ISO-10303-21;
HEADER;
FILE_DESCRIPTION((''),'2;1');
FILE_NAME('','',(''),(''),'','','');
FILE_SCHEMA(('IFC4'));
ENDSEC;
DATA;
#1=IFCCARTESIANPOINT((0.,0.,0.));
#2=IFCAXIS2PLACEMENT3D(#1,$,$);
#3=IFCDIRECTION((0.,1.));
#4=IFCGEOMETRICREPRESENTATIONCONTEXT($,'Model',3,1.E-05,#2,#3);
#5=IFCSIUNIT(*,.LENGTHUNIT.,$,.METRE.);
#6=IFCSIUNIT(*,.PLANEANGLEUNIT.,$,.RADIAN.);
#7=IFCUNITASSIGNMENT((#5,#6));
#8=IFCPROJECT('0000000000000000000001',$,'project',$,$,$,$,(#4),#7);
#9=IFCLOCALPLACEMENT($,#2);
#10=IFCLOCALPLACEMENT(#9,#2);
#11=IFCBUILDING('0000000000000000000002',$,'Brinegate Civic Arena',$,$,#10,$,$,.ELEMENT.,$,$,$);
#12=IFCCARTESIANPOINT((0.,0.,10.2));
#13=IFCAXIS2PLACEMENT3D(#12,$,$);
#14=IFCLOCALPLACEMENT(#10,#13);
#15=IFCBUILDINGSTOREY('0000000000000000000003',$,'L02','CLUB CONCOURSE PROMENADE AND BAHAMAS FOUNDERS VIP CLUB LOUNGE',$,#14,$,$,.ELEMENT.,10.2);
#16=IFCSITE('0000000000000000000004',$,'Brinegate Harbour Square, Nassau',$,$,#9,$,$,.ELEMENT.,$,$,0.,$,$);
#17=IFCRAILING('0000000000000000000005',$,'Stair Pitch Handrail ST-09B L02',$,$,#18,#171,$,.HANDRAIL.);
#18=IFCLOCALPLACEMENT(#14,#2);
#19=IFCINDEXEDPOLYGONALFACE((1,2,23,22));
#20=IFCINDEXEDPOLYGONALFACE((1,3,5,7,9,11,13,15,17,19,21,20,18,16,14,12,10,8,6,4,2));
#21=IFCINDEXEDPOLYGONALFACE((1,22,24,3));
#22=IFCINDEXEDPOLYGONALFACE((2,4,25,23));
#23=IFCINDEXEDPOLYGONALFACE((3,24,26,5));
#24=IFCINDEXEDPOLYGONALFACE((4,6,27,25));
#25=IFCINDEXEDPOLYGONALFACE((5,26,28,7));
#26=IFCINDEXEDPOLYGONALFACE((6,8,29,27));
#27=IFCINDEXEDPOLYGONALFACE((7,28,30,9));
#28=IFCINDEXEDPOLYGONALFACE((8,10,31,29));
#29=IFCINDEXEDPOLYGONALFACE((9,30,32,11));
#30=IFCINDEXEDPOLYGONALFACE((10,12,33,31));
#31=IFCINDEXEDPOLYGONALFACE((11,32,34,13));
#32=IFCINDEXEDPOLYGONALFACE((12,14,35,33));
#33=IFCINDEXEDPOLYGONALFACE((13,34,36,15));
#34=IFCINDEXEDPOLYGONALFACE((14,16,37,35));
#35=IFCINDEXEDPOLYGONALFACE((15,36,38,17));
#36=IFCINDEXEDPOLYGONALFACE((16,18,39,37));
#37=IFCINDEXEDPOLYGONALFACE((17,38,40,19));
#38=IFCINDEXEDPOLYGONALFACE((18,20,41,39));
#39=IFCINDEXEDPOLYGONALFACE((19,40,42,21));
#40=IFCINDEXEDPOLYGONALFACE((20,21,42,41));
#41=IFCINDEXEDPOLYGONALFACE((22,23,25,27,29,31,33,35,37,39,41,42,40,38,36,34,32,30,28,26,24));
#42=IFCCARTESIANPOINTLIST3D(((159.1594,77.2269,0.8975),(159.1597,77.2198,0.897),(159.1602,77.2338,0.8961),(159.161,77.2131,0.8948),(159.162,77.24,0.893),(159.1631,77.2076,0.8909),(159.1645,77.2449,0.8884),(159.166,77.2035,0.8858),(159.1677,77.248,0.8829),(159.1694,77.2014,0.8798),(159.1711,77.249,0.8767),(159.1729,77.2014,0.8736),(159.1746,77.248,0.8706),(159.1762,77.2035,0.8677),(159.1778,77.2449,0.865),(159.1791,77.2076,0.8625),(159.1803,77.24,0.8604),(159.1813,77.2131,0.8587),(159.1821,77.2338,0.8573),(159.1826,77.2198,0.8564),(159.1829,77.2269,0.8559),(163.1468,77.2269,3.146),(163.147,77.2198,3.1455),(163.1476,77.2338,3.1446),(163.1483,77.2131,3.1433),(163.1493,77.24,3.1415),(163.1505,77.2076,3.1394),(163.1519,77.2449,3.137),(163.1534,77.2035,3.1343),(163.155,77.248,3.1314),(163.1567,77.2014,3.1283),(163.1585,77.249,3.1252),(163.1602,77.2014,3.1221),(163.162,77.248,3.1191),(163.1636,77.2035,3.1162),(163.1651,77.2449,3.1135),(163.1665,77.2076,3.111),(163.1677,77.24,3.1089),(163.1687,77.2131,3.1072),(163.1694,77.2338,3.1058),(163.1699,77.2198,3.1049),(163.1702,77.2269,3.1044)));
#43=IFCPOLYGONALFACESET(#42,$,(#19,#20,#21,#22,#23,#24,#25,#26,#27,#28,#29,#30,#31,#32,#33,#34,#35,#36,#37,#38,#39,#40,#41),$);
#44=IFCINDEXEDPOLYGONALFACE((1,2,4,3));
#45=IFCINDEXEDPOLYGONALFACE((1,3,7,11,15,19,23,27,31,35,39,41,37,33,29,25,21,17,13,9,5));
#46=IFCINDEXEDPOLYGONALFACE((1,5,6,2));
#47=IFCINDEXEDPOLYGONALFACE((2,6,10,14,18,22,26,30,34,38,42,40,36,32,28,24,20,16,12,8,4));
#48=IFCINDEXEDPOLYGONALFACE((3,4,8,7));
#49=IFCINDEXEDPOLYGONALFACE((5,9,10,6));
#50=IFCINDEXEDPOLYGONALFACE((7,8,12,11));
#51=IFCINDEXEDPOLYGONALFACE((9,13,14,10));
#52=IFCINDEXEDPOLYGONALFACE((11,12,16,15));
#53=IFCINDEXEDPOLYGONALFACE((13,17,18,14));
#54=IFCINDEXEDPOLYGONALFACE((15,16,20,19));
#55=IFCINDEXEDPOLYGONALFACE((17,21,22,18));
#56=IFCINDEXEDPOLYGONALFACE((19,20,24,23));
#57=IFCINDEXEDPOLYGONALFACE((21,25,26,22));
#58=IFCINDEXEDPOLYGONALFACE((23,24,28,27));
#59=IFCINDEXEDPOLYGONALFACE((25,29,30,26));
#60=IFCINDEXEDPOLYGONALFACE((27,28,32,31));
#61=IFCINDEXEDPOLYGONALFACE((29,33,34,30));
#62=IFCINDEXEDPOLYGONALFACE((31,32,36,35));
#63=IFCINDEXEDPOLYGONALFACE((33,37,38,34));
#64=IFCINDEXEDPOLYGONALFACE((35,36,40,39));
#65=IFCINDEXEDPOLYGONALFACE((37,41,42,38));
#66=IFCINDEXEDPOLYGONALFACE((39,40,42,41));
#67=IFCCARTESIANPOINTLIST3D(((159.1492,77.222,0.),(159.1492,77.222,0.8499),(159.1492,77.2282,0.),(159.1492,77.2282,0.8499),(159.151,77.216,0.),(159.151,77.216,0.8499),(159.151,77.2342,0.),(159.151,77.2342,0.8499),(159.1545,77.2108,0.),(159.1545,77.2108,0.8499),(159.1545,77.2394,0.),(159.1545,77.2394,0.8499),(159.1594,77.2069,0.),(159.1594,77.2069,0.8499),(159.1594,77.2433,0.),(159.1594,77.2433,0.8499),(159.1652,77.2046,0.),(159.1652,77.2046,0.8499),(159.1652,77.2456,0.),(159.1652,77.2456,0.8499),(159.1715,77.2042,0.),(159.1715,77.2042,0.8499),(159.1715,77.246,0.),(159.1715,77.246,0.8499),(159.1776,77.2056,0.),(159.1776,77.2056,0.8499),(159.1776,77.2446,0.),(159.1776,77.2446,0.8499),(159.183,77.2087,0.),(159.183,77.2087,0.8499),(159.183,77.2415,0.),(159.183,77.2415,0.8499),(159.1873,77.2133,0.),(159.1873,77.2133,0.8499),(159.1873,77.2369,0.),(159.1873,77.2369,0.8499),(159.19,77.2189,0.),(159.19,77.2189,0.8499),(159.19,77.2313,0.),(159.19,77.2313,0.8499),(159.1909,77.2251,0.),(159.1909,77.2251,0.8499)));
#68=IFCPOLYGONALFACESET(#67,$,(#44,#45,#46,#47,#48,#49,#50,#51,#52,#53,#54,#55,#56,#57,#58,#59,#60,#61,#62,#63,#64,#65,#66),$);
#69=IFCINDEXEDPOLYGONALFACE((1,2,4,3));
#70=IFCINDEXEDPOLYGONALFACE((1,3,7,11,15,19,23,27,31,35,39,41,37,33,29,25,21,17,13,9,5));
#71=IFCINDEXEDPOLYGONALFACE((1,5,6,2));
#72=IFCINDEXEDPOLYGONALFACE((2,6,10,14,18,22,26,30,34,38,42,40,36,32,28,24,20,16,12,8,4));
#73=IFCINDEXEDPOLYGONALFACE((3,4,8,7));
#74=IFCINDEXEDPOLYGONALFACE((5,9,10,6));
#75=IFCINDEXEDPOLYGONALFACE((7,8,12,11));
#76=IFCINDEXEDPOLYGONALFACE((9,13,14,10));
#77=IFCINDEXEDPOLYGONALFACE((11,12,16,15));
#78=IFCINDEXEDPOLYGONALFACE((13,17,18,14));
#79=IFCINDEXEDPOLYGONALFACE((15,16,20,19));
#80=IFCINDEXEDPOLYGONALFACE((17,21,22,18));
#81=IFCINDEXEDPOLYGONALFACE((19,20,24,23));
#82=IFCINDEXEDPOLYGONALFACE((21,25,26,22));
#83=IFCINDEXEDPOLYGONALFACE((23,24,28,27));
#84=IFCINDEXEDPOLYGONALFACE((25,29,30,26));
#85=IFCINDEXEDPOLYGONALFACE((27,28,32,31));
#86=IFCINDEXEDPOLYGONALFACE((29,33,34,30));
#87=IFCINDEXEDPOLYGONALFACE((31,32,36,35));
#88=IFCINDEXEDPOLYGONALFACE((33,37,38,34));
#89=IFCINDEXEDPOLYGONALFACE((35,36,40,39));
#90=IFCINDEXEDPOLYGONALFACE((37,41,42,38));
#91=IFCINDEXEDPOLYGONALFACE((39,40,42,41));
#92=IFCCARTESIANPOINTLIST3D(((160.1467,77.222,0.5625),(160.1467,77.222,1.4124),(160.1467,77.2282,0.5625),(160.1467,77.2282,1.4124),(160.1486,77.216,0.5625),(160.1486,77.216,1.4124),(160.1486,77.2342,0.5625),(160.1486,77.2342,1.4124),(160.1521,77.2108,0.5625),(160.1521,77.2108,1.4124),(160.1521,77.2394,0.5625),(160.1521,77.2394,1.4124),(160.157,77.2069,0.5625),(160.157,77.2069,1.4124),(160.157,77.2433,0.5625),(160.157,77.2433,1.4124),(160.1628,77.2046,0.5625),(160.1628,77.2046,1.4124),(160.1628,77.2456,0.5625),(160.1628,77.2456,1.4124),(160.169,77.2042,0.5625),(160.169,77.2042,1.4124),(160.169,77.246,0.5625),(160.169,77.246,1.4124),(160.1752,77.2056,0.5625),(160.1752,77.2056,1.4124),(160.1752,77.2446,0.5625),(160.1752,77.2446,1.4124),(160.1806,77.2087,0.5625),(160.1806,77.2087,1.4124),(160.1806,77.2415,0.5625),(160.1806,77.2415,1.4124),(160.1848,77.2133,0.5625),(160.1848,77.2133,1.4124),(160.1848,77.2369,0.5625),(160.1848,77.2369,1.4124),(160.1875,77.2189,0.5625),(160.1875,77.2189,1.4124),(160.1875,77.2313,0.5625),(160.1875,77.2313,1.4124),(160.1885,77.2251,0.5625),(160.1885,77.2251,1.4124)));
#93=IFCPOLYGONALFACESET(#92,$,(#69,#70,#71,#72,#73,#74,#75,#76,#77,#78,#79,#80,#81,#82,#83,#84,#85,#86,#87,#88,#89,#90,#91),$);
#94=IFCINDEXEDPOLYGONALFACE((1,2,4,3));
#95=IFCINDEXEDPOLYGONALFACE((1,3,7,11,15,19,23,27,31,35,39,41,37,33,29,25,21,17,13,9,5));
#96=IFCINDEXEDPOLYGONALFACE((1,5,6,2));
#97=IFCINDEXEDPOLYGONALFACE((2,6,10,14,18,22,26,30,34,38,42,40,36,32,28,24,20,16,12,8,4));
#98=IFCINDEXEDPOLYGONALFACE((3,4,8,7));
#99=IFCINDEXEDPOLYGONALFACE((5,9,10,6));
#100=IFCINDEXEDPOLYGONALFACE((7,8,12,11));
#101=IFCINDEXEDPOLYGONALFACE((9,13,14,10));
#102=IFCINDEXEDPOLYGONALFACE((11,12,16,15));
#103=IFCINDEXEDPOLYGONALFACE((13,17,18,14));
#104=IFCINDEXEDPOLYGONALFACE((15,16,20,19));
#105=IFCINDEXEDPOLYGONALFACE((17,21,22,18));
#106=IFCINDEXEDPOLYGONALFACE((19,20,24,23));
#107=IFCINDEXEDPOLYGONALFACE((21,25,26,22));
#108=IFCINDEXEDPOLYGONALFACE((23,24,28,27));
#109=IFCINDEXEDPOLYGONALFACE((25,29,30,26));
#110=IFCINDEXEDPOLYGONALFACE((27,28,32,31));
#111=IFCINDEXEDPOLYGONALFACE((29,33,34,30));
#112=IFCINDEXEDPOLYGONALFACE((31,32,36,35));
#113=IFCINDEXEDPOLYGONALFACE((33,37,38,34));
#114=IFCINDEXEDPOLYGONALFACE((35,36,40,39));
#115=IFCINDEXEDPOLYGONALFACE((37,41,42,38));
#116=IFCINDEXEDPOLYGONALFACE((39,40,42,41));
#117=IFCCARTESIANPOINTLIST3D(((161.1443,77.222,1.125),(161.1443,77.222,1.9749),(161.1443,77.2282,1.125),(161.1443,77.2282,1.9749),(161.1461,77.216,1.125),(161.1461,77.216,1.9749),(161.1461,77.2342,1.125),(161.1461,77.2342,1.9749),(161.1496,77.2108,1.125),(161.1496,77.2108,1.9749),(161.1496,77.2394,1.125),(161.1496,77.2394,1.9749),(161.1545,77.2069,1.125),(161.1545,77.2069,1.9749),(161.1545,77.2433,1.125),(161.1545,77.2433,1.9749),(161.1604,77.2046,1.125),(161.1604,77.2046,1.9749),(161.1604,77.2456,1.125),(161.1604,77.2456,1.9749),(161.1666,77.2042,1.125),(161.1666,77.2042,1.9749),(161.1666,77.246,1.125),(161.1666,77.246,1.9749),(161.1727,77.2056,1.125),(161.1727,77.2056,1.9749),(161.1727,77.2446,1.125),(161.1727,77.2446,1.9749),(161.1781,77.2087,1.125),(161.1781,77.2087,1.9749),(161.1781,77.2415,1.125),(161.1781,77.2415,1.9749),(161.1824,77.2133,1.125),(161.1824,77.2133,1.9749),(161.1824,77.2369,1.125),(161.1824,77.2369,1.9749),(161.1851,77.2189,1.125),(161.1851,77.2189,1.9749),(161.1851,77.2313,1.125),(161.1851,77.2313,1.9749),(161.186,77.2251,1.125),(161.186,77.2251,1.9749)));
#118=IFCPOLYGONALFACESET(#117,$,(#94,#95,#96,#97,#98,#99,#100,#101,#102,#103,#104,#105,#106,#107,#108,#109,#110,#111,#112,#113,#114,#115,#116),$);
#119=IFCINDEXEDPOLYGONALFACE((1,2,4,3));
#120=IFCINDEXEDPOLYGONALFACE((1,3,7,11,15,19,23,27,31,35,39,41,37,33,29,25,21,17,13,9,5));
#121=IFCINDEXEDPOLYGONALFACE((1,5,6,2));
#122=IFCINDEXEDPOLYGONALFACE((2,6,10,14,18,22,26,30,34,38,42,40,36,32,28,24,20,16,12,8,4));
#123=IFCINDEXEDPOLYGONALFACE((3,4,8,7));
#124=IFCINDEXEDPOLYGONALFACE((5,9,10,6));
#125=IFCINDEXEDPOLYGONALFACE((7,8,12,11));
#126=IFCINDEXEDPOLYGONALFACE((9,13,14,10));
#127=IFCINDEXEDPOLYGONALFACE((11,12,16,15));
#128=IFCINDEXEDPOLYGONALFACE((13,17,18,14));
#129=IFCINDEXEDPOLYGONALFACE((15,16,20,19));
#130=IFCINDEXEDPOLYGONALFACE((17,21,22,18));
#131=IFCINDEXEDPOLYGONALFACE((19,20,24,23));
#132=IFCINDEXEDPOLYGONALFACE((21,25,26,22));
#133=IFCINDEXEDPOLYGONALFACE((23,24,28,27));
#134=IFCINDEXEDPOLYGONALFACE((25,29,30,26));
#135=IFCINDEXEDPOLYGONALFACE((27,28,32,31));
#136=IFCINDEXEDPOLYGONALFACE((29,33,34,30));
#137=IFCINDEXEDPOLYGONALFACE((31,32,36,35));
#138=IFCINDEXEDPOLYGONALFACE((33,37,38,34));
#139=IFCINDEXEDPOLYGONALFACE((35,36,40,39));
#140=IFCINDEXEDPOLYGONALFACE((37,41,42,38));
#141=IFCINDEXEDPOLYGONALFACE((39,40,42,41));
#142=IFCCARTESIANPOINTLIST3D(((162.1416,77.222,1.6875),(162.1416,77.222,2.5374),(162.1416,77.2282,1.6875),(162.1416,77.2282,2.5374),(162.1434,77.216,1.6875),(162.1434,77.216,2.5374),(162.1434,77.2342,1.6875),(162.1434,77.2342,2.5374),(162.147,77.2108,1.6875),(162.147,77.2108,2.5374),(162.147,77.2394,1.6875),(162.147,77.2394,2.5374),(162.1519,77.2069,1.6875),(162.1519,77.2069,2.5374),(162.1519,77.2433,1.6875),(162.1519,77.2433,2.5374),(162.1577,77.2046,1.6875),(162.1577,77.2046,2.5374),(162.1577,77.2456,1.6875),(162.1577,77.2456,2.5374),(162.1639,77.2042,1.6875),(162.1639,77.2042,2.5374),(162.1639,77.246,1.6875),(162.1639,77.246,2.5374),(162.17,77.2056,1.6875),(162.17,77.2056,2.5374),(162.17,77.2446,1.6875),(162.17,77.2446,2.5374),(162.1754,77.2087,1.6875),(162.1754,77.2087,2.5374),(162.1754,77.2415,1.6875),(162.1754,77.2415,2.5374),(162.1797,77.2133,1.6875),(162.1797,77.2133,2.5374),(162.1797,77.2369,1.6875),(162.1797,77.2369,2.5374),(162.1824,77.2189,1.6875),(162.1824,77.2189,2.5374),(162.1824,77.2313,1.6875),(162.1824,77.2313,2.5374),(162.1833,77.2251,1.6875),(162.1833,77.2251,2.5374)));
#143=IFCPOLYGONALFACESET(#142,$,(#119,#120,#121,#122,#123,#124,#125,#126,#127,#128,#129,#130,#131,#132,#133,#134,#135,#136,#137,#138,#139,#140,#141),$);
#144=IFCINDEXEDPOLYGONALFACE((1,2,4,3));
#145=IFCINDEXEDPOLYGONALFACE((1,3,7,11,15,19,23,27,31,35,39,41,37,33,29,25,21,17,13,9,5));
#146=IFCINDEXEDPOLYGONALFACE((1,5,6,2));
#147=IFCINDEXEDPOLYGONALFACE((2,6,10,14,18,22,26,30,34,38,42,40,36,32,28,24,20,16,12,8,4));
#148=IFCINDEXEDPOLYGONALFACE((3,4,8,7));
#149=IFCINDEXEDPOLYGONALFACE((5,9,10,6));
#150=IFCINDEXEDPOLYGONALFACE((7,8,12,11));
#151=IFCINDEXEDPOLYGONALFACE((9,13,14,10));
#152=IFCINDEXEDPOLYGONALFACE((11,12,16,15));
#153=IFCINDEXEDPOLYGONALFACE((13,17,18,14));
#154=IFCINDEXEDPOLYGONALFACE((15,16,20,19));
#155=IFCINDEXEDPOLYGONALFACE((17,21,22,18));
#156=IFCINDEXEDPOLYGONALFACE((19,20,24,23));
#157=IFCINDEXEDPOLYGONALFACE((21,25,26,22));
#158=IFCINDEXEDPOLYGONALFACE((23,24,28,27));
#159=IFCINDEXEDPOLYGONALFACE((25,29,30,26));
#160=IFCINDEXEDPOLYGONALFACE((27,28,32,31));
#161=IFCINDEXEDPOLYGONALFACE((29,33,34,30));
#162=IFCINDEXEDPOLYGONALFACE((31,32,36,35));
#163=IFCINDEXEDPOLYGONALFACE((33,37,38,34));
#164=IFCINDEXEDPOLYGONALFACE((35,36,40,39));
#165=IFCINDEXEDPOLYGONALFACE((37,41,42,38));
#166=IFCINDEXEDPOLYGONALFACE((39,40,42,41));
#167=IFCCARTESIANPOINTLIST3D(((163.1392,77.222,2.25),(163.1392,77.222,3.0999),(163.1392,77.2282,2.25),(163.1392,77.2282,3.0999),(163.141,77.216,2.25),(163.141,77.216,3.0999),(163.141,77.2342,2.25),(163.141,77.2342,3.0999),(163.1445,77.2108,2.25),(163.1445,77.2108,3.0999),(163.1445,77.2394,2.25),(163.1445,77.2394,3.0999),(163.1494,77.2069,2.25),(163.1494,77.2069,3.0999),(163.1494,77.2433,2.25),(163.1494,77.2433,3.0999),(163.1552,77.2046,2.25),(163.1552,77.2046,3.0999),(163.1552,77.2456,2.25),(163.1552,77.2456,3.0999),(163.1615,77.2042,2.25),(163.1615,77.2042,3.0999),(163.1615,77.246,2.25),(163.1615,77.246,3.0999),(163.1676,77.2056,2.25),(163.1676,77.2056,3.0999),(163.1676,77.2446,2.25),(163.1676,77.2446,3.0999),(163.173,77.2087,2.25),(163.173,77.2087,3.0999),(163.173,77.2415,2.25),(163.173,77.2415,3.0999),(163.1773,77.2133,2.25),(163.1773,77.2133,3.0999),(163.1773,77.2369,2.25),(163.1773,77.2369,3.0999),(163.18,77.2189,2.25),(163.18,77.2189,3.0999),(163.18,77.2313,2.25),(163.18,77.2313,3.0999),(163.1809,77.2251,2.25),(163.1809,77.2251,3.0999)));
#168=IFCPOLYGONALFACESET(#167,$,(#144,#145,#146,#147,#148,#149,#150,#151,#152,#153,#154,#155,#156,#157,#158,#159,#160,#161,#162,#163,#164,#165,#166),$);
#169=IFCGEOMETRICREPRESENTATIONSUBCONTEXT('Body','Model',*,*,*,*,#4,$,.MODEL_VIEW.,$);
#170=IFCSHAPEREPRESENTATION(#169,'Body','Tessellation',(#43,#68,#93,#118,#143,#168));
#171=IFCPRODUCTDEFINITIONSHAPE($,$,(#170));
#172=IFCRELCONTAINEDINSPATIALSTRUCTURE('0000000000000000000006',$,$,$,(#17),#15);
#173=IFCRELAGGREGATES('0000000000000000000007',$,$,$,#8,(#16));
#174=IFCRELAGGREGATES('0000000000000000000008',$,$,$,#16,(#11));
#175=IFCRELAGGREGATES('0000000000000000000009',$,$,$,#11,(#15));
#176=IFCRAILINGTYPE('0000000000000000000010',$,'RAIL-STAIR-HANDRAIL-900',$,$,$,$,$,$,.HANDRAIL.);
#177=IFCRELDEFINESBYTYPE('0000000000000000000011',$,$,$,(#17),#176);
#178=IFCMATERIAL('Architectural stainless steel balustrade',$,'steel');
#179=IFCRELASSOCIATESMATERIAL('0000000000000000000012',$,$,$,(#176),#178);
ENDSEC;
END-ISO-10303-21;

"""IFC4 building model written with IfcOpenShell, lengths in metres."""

from ifc_helpers import new_model, si_unit, direction, frame, origin, origin_2d, place, context, subcontext, project, spatial, circle, extrude, material, type_object, element, save


model = new_model("IFC4")

# Units and contexts
model_context = context("Model", 3, precision=1e-05, world=origin(), true_north=direction((0.0, 1.0)))
body_context = subcontext(model_context, "Body", "Model", "MODEL_VIEW")
ifc_project = project(units=[si_unit("LENGTHUNIT", "METRE"), si_unit("PLANEANGLEUNIT", "RADIAN")], contexts=[model_context])

# Site, building, storey
site_placement = place(None, origin())
site = spatial("IfcSite", under=ifc_project, at=site_placement, Name="Brinegate Harbour Square, Nassau", CompositionType="ELEMENT", RefElevation=0.0)
building_placement = place(site_placement, origin())
building = spatial("IfcBuilding", under=site, at=building_placement, Name="Brinegate Civic Arena", CompositionType="ELEMENT")
storey_placement = place(building_placement, frame((0.0, 0.0, 10.2)))
storey = spatial("IfcBuildingStorey", under=building, at=storey_placement, Name="L02", Description="CLUB CONCOURSE PROMENADE AND BAHAMAS FOUNDERS VIP CLUB LOUNGE", CompositionType="ELEMENT", Elevation=10.2)

# Shared definitions
ifc_material_1 = material(Name="Architectural stainless steel balustrade", Category="steel")

# Railing
railing_type = type_object("IfcRailingType", Name="RAIL-STAIR-HANDRAIL-900", PredefinedType="HANDRAIL", material=ifc_material_1)
railing_placement = place(storey_placement, frame((159.1699, 77.2251, 0.0)))
element("IfcRailing", 1, at=railing_placement, inside=storey, type_object=railing_type, Name="Stair Pitch Handrail ST-09B L02", PredefinedType="HANDRAIL", context=body_context, shape_type="SweptSolid", body=[
    extrude(circle(Radius=0.0239, at=origin_2d()), frame((0.0012, 0.0, 0.8767), z_axis=(0.87105, 0.0, 0.491195), x_axis=(0.0, 1.0, 0.0)), (0.0, 0.0, 1.0), 4.5776),
    extrude(circle(Radius=0.021, at=origin_2d()), origin(), (0.0, 0.0, 1.0), 0.8499),
    extrude(circle(Radius=0.021, at=origin_2d()), frame((0.9976, 0.0, 0.5625)), (0.0, 0.0, 1.0), 0.8499),
    extrude(circle(Radius=0.021, at=origin_2d()), frame((1.9951, 0.0, 1.125)), (0.0, 0.0, 1.0), 0.8499),
    extrude(circle(Radius=0.021, at=origin_2d()), frame((2.9924, 0.0, 1.6875)), (0.0, 0.0, 1.0), 0.8499),
    extrude(circle(Radius=0.021, at=origin_2d()), frame((3.99, 0.0, 2.25)), (0.0, 0.0, 1.0), 0.8499),
])

save(model, "model.ifc")
